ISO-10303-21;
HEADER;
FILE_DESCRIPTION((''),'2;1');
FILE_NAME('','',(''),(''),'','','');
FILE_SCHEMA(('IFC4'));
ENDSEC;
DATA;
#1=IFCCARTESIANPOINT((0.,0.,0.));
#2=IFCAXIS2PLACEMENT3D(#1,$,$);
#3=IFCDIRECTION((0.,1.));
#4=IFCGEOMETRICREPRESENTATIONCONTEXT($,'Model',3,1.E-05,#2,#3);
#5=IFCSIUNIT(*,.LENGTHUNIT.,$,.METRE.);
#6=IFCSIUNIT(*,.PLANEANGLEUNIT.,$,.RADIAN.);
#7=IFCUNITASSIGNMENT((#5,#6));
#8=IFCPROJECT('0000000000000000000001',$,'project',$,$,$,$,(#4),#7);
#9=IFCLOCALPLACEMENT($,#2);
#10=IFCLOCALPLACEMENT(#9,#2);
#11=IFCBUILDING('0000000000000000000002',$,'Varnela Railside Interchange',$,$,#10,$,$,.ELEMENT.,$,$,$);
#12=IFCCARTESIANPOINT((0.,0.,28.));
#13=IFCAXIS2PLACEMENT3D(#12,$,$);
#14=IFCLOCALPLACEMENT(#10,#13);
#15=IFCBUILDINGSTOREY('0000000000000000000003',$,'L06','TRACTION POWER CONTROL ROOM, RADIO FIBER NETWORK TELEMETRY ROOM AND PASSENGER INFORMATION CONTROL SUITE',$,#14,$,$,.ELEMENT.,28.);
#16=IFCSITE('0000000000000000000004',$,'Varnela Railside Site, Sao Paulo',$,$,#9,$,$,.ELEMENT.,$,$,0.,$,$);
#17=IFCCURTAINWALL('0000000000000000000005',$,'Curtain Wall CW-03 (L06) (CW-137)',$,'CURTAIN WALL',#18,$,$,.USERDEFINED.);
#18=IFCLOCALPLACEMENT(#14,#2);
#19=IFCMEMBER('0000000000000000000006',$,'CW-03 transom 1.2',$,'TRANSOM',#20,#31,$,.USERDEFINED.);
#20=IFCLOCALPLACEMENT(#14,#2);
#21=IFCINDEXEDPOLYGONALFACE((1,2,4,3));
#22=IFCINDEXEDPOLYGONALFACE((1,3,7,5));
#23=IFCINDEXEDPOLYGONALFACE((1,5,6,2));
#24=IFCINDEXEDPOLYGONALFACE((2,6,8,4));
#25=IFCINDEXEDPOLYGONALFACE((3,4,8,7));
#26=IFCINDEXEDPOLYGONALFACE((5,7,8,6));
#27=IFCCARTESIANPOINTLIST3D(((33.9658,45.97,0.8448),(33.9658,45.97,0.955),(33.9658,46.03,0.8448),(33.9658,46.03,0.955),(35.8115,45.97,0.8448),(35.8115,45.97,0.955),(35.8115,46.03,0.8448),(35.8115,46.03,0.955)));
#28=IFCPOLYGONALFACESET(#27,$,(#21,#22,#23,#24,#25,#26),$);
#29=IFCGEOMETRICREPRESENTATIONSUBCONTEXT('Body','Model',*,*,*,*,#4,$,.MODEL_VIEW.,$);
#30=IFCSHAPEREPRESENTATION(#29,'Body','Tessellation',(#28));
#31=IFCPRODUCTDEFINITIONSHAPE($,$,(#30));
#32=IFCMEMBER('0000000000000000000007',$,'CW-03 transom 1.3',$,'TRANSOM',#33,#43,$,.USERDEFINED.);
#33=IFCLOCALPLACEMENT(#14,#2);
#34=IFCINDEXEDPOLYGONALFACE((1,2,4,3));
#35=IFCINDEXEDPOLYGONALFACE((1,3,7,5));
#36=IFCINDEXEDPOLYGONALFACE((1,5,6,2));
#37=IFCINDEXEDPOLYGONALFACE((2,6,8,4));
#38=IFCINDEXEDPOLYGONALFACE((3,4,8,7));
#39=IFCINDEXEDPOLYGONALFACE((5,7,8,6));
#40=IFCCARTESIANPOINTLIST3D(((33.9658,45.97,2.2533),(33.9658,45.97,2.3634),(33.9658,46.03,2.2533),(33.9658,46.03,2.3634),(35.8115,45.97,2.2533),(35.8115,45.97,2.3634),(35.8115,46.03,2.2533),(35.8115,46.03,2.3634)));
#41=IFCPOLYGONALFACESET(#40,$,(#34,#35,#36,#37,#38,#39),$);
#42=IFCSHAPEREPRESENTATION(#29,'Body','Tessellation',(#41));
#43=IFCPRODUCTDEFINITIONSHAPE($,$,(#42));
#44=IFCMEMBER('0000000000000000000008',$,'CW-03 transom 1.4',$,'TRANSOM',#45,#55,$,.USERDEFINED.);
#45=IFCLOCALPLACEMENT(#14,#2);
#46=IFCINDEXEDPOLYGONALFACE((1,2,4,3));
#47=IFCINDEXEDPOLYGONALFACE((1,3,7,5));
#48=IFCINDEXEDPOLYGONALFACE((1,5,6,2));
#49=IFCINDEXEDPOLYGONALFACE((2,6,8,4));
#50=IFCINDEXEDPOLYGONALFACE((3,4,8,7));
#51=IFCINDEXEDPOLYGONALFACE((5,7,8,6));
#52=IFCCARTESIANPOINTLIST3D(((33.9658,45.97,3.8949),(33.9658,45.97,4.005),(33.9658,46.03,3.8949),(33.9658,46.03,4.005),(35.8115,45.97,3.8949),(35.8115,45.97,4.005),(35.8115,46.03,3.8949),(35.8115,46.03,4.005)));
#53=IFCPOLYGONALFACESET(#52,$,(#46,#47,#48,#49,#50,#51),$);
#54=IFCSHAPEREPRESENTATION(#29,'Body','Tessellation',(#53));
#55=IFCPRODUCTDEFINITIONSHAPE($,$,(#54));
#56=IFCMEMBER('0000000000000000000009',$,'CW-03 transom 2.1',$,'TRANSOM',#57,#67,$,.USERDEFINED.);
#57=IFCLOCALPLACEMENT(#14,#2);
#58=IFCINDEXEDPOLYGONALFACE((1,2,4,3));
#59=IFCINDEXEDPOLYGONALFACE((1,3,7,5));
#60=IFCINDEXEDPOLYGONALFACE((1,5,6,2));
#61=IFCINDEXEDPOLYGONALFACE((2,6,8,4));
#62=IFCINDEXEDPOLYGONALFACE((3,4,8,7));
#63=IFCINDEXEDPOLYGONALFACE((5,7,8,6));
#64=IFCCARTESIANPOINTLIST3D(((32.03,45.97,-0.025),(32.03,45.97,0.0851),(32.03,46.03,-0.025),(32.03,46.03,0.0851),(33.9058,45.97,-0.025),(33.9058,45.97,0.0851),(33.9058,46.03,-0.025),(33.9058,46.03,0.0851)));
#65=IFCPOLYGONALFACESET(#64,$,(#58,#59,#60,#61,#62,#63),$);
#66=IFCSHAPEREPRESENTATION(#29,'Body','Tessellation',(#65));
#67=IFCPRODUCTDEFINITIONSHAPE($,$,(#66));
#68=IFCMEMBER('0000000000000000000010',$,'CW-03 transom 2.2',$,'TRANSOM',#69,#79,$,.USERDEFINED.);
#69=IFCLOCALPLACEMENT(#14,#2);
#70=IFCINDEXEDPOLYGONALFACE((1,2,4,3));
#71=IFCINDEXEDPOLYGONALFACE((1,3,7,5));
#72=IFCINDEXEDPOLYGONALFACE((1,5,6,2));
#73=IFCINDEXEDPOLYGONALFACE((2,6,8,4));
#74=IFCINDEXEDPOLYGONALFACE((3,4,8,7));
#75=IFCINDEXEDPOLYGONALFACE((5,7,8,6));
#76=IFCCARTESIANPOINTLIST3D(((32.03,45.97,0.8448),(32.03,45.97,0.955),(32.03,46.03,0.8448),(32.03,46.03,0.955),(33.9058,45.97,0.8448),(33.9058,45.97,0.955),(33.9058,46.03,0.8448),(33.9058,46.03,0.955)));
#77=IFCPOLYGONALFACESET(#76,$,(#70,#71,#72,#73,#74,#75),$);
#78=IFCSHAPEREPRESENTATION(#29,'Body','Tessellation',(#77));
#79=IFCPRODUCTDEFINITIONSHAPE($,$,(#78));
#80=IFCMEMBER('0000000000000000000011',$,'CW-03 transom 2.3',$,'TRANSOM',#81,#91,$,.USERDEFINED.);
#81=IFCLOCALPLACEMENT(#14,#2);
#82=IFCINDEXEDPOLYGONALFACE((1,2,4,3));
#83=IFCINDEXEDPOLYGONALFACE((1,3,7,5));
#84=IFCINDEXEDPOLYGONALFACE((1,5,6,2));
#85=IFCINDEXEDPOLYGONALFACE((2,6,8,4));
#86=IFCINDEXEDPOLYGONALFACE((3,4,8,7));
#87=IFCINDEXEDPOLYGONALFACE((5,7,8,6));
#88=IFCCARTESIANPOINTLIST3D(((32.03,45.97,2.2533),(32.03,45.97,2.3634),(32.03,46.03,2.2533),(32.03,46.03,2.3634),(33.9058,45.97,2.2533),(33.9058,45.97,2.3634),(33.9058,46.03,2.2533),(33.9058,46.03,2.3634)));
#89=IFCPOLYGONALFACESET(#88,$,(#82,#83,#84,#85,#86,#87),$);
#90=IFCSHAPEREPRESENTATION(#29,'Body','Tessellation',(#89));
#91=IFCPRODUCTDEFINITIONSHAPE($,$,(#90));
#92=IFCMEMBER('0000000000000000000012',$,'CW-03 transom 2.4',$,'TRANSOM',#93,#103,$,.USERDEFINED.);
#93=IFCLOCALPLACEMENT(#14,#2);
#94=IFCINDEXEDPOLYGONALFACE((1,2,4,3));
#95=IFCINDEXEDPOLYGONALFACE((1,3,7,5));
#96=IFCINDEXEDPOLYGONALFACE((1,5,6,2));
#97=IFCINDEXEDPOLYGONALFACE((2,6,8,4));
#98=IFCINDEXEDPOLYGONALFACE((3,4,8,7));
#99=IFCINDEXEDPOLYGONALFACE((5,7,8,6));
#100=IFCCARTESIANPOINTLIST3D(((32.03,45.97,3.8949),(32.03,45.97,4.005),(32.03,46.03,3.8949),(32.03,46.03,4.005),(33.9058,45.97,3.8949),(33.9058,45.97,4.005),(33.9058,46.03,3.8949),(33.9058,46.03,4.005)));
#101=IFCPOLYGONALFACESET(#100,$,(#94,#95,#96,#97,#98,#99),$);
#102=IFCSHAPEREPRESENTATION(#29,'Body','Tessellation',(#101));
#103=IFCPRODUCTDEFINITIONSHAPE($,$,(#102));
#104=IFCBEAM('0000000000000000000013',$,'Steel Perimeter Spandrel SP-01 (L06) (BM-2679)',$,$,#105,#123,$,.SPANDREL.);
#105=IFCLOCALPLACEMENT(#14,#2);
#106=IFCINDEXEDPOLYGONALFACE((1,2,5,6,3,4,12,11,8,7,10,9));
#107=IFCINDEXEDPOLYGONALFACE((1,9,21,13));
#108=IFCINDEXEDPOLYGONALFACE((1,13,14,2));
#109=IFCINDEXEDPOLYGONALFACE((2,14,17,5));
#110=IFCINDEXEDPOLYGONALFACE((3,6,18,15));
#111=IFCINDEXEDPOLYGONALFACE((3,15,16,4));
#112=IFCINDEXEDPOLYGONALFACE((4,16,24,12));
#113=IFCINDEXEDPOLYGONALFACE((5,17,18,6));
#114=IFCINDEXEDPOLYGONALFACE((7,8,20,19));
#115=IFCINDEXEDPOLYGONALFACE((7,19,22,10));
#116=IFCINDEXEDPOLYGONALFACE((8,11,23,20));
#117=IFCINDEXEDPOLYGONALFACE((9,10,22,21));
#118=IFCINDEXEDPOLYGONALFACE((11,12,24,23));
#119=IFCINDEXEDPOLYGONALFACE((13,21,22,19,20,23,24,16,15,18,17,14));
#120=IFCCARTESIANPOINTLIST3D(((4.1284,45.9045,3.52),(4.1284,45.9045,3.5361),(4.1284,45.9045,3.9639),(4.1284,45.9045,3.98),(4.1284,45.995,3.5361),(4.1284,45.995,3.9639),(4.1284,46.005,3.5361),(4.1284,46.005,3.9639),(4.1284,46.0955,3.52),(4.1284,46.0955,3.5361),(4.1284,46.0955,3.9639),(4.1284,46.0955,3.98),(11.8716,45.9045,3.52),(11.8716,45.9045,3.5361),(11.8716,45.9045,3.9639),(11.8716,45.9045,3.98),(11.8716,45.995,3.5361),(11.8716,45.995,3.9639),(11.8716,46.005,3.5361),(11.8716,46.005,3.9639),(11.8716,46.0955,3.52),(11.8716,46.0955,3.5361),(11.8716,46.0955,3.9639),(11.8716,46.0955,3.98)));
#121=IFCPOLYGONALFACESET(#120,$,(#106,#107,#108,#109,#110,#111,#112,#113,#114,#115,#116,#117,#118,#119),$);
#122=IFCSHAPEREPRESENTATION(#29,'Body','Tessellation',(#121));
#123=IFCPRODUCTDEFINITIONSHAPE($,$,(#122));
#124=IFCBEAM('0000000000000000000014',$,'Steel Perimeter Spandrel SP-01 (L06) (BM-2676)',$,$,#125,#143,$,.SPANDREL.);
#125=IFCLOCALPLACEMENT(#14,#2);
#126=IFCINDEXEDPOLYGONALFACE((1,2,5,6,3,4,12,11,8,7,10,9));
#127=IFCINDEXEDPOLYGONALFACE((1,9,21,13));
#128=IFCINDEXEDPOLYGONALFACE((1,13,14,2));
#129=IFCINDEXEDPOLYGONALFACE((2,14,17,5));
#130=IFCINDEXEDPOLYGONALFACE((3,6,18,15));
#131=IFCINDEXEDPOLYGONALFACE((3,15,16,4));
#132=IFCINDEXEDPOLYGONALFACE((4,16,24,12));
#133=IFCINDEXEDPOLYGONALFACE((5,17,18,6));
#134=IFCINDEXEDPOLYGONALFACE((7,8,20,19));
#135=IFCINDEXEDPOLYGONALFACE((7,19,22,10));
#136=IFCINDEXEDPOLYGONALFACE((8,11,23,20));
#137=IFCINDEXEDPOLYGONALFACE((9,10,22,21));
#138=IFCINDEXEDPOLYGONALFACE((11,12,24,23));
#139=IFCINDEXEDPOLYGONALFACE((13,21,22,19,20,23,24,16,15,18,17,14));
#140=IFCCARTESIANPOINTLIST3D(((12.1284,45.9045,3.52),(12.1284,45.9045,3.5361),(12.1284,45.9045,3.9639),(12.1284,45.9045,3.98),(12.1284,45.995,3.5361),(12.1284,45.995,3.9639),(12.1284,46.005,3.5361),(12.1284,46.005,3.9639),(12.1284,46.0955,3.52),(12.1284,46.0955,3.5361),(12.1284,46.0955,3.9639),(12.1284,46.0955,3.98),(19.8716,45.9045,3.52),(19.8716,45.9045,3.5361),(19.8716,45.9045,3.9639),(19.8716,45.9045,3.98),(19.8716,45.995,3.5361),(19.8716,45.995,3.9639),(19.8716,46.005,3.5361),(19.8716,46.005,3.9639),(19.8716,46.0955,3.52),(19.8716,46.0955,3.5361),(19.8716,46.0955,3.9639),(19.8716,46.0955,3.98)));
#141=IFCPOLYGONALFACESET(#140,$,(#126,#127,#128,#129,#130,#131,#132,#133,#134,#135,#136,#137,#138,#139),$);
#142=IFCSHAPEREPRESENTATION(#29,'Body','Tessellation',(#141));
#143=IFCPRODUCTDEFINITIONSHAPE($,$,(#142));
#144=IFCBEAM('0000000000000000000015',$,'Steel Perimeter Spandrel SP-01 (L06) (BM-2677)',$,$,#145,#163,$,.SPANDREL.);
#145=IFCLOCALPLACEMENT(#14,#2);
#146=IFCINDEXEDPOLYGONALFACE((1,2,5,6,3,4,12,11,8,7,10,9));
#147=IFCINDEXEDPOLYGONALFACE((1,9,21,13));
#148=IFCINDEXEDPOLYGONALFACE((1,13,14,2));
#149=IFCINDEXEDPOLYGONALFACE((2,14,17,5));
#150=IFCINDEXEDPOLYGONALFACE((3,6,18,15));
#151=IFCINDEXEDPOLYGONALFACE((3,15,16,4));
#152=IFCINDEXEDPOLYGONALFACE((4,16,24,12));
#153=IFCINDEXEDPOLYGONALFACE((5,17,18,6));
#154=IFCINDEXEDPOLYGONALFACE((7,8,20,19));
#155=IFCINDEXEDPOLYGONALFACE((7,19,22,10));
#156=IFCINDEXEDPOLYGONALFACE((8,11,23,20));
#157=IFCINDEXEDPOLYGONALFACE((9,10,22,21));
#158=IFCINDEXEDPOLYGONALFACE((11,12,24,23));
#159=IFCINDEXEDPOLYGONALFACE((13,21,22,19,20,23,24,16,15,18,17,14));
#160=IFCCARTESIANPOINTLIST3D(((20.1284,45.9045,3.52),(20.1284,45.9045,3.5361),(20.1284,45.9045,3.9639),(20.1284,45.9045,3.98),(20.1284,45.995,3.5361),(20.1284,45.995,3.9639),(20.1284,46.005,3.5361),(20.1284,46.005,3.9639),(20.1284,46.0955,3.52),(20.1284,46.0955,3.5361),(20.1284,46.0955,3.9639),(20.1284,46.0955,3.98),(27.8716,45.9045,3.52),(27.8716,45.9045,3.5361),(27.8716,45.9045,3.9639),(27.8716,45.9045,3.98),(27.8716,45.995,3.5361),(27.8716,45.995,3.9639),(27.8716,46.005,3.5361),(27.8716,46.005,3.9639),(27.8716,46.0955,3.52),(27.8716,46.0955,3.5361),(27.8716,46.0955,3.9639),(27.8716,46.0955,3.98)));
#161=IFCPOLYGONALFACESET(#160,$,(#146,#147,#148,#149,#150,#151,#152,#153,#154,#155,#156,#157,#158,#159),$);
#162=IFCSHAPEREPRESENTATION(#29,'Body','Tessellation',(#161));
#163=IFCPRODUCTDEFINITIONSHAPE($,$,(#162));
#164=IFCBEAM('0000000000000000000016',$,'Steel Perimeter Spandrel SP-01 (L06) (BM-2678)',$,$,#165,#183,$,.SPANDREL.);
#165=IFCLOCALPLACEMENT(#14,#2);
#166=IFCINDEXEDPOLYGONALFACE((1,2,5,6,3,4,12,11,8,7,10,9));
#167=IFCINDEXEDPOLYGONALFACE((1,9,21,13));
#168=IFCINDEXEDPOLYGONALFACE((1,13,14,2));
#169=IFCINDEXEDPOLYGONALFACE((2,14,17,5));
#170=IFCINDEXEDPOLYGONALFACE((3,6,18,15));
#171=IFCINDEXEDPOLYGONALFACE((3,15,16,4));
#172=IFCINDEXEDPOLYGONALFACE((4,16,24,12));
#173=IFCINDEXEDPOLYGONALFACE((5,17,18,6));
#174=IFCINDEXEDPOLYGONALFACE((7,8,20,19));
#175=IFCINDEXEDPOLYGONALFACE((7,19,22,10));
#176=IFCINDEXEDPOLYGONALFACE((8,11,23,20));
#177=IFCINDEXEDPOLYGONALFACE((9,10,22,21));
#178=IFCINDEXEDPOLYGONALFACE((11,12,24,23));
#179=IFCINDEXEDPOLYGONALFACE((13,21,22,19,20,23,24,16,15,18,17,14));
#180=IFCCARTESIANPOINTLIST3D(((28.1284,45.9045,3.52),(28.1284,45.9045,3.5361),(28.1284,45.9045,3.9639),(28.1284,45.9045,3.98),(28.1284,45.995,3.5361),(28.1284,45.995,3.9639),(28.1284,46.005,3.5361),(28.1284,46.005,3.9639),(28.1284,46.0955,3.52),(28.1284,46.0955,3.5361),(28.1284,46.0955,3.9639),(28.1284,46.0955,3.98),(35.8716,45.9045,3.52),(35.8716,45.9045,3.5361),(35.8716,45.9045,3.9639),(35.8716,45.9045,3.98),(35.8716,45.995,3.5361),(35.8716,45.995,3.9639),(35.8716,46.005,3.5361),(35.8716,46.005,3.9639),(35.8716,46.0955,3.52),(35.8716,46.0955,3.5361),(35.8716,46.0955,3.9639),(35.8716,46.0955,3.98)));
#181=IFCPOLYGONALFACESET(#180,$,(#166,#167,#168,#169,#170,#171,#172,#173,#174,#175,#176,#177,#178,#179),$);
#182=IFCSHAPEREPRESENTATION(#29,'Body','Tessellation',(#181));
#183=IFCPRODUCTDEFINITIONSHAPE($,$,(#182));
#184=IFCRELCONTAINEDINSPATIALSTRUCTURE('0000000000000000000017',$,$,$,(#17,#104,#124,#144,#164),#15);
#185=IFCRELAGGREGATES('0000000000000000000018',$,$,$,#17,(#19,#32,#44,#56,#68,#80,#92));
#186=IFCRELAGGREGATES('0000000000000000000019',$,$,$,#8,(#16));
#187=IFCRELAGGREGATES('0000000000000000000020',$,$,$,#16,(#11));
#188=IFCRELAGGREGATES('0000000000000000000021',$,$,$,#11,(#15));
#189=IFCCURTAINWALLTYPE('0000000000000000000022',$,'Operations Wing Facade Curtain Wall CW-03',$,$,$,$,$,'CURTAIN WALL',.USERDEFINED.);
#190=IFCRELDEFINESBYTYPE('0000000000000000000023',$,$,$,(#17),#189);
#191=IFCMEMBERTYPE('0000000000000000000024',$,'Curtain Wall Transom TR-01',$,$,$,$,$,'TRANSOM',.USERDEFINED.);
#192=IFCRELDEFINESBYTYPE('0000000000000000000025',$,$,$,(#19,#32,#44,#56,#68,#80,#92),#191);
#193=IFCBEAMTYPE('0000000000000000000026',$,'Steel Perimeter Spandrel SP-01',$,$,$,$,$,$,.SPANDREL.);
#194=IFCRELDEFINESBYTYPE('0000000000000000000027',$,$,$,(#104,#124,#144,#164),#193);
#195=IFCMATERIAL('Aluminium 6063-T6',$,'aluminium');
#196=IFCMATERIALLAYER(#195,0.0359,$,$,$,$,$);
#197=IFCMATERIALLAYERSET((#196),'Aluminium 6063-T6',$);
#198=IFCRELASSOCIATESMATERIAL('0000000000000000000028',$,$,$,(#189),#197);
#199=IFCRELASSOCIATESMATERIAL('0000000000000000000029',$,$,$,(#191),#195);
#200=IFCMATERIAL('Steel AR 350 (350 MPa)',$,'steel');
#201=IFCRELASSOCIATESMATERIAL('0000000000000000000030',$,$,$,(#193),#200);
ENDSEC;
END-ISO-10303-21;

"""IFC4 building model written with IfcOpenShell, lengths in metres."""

from ifc_helpers import new_model, si_unit, direction, frame, origin, origin_2d, place, context, subcontext, project, spatial, rectangle, i_section, extrude, material, layer, layer_set, material_profile, profile_set, type_object, element, aggregate, save


model = new_model("IFC4")

# Units and contexts
model_context = context("Model", 3, precision=1e-05, world=origin(), true_north=direction((0.0, 1.0)))
body_context = subcontext(model_context, "Body", "Model", "MODEL_VIEW")
ifc_project = project(units=[si_unit("LENGTHUNIT", "METRE"), si_unit("PLANEANGLEUNIT", "RADIAN")], contexts=[model_context])

# Site, building, storey
site_placement = place(None, origin())
site = spatial("IfcSite", under=ifc_project, at=site_placement, Name="Varnela Railside Site, Sao Paulo", CompositionType="ELEMENT", RefElevation=0.0)
building_placement = place(site_placement, origin())
building = spatial("IfcBuilding", under=site, at=building_placement, Name="Varnela Railside Interchange", CompositionType="ELEMENT")
storey_placement = place(building_placement, frame((0.0, 0.0, 28.0)))
storey = spatial("IfcBuildingStorey", under=building, at=storey_placement, Name="L06", Description="TRACTION POWER CONTROL ROOM, RADIO FIBER NETWORK TELEMETRY ROOM AND PASSENGER INFORMATION CONTROL SUITE", CompositionType="ELEMENT", Elevation=28.0)

# Shared definitions
ifc_material_1 = material(Name="Steel AR 350 (350 MPa)", Category="steel")

# Curtain wall, members
ifc_material_2 = material(Name="Aluminium 6063-T6", Category="aluminium")
ifc_layer_1 = layer(ifc_material_2, 0.0359)
ifc_layer_set_1 = layer_set([ifc_layer_1], Name="Aluminium 6063-T6")
curtain_wall_type = type_object("IfcCurtainWallType", Name="Operations Wing Facade Curtain Wall CW-03", ElementType="CURTAIN WALL", PredefinedType="USERDEFINED", material=ifc_layer_set_1)
curtain_wall_placement = place(storey_placement, origin())
curtain_wall = element("IfcCurtainWall", 1, at=curtain_wall_placement, inside=storey, type_object=curtain_wall_type, Name="Curtain Wall CW-03 (L06) (CW-137)", ObjectType="CURTAIN WALL", PredefinedType="USERDEFINED")
ifc_material_profile_1 = material_profile(ifc_material_2, rectangle(XDim=0.0601, YDim=0.1101, at=origin_2d()), Name="ALU 60x110")
ifc_profile_set_1 = profile_set([ifc_material_profile_1], Name="Aluminium 6063-T6")
member_type_1 = type_object("IfcMemberType", Name="Curtain Wall Transom TR-01", ElementType="TRANSOM", PredefinedType="USERDEFINED", material=ifc_profile_set_1)
member_1_placement = place(storey_placement, frame((35.8115, 46.0, 0.8999), z_axis=(-1.0, 0.0, 0.0), x_axis=(0.0, -1.0, 0.0)))
member_1 = element("IfcMember", 2, at=member_1_placement, type_object=member_type_1, Name="CW-03 transom 1.2", ObjectType="TRANSOM", PredefinedType="USERDEFINED", context=body_context, shape_type="SweptSolid", body=[
    extrude(rectangle(XDim=0.0601, YDim=0.1101, at=origin_2d()), origin(), (0.0, 0.0, 1.0), 1.8457),
])
member_2_placement = place(storey_placement, frame((35.8115, 46.0, 2.3083), z_axis=(-1.0, 0.0, 0.0), x_axis=(0.0, -1.0, 0.0)))
member_2 = element("IfcMember", 3, at=member_2_placement, type_object=member_type_1, Name="CW-03 transom 1.3", ObjectType="TRANSOM", PredefinedType="USERDEFINED", context=body_context, shape_type="SweptSolid", body=[
    extrude(rectangle(XDim=0.0601, YDim=0.1101, at=origin_2d()), origin(), (0.0, 0.0, 1.0), 1.8457),
])
member_3_placement = place(storey_placement, frame((35.8115, 46.0, 3.95), z_axis=(-1.0, 0.0, 0.0), x_axis=(0.0, -1.0, 0.0)))
member_3 = element("IfcMember", 4, at=member_3_placement, type_object=member_type_1, Name="CW-03 transom 1.4", ObjectType="TRANSOM", PredefinedType="USERDEFINED", context=body_context, shape_type="SweptSolid", body=[
    extrude(rectangle(XDim=0.0601, YDim=0.1101, at=origin_2d()), origin(), (0.0, 0.0, 1.0), 1.8457),
])
member_4_placement = place(storey_placement, frame((33.9058, 46.0, 0.03), z_axis=(-1.0, 0.0, 0.0), x_axis=(0.0, -1.0, 0.0)))
member_4 = element("IfcMember", 5, at=member_4_placement, type_object=member_type_1, Name="CW-03 transom 2.1", ObjectType="TRANSOM", PredefinedType="USERDEFINED", context=body_context, shape_type="SweptSolid", body=[
    extrude(rectangle(XDim=0.0601, YDim=0.1101, at=origin_2d()), origin(), (0.0, 0.0, 1.0), 1.8757),
])
member_5_placement = place(storey_placement, frame((33.9058, 46.0, 0.8999), z_axis=(-1.0, 0.0, 0.0), x_axis=(0.0, -1.0, 0.0)))
member_5 = element("IfcMember", 6, at=member_5_placement, type_object=member_type_1, Name="CW-03 transom 2.2", ObjectType="TRANSOM", PredefinedType="USERDEFINED", context=body_context, shape_type="SweptSolid", body=[
    extrude(rectangle(XDim=0.0601, YDim=0.1101, at=origin_2d()), origin(), (0.0, 0.0, 1.0), 1.8757),
])
member_6_placement = place(storey_placement, frame((33.9058, 46.0, 2.3083), z_axis=(-1.0, 0.0, 0.0), x_axis=(0.0, -1.0, 0.0)))
member_6 = element("IfcMember", 7, at=member_6_placement, type_object=member_type_1, Name="CW-03 transom 2.3", ObjectType="TRANSOM", PredefinedType="USERDEFINED", context=body_context, shape_type="SweptSolid", body=[
    extrude(rectangle(XDim=0.0601, YDim=0.1101, at=origin_2d()), origin(), (0.0, 0.0, 1.0), 1.8757),
])
member_7_placement = place(storey_placement, frame((33.9058, 46.0, 3.95), z_axis=(-1.0, 0.0, 0.0), x_axis=(0.0, -1.0, 0.0)))
member_7 = element("IfcMember", 8, at=member_7_placement, type_object=member_type_1, Name="CW-03 transom 2.4", ObjectType="TRANSOM", PredefinedType="USERDEFINED", context=body_context, shape_type="SweptSolid", body=[
    extrude(rectangle(XDim=0.0601, YDim=0.1101, at=origin_2d()), origin(), (0.0, 0.0, 1.0), 1.8757),
])

# Beams
ifc_material_profile_2 = material_profile(ifc_material_1, i_section(OverallWidth=0.1909, OverallDepth=0.46, WebThickness=0.01, FlangeThickness=0.0161, at=origin_2d()), Name="W460x82")
ifc_profile_set_2 = profile_set([ifc_material_profile_2], Name="Steel AR 350 (350 MPa)")
beam_type = type_object("IfcBeamType", Name="Steel Perimeter Spandrel SP-01", PredefinedType="SPANDREL", material=ifc_profile_set_2)
for number, where, z_axis, x_axis, name in (
    (9, (4.1284, 46.0, 3.75), (1.0, 0.0, 0.0), (0.0, 1.0, 0.0), "Steel Perimeter Spandrel SP-01 (L06) (BM-2679)"),
    (10, (12.1284, 46.0, 3.75), (1.0, 0.0, 0.0), (0.0, 1.0, 0.0), "Steel Perimeter Spandrel SP-01 (L06) (BM-2676)"),
    (11, (20.1284, 46.0, 3.75), (1.0, 0.0, 0.0), (0.0, 1.0, 0.0), "Steel Perimeter Spandrel SP-01 (L06) (BM-2677)"),
    (12, (28.1284, 46.0, 3.75), (1.0, 0.0, 0.0), (0.0, 1.0, 0.0), "Steel Perimeter Spandrel SP-01 (L06) (BM-2678)"),
):
    element("IfcBeam", number, at=place(storey_placement, frame(where, z_axis=z_axis, x_axis=x_axis)), inside=storey, type_object=beam_type, Name=name, PredefinedType="SPANDREL", context=body_context, shape_type="SweptSolid", body=[
        extrude(i_section(OverallWidth=0.1909, OverallDepth=0.46, WebThickness=0.01, FlangeThickness=0.0161, at=origin_2d()), origin(), (0.0, 0.0, 1.0), 7.7432),
    ])

aggregate(curtain_wall, [member_1, member_2, member_3, member_4, member_5, member_6, member_7])

save(model, "model.ifc")
